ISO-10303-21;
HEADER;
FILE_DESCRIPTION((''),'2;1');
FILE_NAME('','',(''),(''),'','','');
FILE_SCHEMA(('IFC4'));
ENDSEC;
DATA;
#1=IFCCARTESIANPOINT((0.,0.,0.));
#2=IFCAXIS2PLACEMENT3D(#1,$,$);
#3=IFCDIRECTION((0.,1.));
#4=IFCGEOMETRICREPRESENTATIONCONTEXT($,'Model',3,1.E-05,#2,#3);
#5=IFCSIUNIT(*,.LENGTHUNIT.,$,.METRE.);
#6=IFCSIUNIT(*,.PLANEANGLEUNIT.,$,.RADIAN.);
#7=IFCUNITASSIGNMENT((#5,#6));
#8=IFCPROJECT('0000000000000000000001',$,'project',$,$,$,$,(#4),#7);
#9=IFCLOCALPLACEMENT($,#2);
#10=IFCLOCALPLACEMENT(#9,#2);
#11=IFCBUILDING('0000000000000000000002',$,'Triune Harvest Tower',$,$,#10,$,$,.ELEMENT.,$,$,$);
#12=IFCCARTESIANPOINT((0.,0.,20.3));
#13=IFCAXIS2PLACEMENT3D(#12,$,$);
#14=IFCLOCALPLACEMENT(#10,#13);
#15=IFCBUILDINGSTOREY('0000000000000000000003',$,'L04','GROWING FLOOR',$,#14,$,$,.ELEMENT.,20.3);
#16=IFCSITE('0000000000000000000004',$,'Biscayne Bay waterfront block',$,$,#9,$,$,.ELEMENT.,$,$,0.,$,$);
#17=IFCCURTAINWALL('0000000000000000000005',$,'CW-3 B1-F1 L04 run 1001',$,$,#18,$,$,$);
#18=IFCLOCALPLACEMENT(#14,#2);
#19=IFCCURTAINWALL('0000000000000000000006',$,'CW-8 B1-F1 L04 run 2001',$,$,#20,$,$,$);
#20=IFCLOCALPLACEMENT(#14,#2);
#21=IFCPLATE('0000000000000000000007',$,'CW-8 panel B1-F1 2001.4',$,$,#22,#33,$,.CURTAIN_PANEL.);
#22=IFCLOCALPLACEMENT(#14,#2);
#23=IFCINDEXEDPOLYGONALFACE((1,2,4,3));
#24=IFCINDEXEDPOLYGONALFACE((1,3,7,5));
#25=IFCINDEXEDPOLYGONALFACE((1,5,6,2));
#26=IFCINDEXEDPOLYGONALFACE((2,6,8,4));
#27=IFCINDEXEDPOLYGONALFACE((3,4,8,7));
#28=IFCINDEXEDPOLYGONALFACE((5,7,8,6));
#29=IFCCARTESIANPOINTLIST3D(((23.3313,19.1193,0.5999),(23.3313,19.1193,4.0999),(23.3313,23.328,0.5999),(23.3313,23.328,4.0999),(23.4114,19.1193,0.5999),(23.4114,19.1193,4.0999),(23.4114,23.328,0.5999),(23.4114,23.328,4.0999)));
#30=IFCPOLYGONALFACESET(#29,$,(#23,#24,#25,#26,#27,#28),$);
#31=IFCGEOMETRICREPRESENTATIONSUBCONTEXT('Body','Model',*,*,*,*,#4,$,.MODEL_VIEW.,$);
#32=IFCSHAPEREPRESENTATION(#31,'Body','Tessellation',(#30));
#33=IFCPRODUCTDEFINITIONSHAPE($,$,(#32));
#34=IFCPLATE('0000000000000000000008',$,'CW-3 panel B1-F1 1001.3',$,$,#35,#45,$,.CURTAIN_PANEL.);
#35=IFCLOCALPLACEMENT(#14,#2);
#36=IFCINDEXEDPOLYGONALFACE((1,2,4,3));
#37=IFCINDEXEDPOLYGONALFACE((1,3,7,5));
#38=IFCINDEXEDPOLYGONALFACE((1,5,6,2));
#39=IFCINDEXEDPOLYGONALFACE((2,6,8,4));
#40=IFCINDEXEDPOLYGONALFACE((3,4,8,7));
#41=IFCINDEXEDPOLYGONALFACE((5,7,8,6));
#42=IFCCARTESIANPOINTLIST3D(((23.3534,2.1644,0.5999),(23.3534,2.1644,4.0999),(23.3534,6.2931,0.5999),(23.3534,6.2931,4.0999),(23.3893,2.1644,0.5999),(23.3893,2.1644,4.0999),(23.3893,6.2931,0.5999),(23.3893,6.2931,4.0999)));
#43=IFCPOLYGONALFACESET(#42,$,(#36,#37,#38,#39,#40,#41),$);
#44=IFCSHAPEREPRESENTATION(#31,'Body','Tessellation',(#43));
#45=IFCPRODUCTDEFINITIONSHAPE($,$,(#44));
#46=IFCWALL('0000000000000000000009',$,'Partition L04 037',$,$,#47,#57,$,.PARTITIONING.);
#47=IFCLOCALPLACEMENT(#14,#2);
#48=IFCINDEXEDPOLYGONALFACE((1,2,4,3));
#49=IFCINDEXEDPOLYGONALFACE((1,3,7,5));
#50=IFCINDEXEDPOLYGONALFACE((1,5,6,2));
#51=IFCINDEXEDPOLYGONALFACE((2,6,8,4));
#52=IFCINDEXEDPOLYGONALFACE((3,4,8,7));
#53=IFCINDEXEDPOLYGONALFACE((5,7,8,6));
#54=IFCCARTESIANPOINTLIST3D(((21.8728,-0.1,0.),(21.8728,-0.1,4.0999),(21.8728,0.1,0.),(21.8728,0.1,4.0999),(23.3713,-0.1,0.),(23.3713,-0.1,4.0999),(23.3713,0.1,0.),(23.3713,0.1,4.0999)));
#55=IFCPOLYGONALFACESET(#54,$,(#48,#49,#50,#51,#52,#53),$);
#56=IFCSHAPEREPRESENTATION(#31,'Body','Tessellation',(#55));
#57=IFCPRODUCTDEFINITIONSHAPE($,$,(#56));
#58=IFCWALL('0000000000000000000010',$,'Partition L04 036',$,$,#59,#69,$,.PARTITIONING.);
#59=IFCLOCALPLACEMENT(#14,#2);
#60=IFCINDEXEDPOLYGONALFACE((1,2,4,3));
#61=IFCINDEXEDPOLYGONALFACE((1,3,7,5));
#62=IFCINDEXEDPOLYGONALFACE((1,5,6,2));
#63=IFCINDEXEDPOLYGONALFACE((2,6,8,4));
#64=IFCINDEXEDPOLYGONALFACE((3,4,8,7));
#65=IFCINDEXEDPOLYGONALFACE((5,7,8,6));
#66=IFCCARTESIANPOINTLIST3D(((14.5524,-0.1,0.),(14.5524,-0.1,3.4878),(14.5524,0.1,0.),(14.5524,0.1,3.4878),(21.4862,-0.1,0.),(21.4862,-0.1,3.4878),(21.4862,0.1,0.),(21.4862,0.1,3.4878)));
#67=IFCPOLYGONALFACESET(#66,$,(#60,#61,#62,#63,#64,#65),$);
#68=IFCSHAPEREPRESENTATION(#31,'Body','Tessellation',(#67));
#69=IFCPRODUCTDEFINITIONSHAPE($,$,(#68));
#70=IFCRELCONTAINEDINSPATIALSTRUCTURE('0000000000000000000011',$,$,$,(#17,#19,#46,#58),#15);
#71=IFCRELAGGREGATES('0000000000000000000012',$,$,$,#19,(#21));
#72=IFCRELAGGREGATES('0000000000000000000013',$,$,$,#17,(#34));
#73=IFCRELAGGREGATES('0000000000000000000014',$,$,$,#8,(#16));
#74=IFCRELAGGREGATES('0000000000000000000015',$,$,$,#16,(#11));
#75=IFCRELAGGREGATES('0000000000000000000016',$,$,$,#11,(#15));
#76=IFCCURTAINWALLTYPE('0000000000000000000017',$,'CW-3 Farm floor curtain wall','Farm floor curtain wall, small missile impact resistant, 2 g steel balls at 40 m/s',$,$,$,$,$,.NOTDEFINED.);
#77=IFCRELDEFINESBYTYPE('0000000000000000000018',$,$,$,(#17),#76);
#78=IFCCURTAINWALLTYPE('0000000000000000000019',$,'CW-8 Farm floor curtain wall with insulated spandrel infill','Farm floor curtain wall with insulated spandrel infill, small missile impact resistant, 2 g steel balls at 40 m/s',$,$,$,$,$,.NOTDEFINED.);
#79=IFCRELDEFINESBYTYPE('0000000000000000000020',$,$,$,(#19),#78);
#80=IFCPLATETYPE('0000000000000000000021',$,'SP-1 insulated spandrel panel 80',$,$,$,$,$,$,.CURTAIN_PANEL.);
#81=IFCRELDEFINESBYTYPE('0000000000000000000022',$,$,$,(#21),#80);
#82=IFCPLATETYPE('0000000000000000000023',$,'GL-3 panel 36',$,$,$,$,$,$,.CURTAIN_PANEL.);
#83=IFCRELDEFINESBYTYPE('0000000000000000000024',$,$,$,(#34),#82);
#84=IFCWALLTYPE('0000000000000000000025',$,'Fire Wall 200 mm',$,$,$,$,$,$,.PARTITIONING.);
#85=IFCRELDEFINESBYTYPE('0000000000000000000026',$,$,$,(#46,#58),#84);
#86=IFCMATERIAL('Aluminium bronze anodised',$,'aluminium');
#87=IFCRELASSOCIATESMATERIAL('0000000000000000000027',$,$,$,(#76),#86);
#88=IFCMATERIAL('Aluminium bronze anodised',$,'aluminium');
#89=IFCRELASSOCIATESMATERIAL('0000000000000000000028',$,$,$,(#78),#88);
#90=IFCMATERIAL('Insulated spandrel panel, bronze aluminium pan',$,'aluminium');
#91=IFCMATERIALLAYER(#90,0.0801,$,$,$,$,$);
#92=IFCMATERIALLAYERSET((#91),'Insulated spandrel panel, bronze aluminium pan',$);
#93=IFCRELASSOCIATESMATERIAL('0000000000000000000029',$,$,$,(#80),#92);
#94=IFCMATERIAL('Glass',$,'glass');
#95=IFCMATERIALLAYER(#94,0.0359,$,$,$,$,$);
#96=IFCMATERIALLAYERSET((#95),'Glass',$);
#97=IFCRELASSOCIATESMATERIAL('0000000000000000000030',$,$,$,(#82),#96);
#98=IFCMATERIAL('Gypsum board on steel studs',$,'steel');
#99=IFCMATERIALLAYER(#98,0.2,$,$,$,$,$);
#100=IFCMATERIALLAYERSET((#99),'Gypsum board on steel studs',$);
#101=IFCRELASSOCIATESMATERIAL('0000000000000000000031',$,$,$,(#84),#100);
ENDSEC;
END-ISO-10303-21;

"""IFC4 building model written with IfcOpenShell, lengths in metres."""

from ifc_helpers import new_model, si_unit, direction, frame, frame_2d, origin, origin_2d, place, context, subcontext, project, spatial, rectangle, extrude, source, transform, mapped, material, layer, layer_set, type_object, element, aggregate, save


model = new_model("IFC4")

# Units and contexts
model_context = context("Model", 3, precision=1e-05, world=origin(), true_north=direction((0.0, 1.0)))
body_context = subcontext(model_context, "Body", "Model", "MODEL_VIEW")
ifc_project = project(units=[si_unit("LENGTHUNIT", "METRE"), si_unit("PLANEANGLEUNIT", "RADIAN")], contexts=[model_context])

# Site, building, storey
site_placement = place(None, origin())
site = spatial("IfcSite", under=ifc_project, at=site_placement, Name="Biscayne Bay waterfront block", CompositionType="ELEMENT", RefElevation=0.0)
building_placement = place(site_placement, origin())
building = spatial("IfcBuilding", under=site, at=building_placement, Name="Triune Harvest Tower", CompositionType="ELEMENT")
storey_placement = place(building_placement, frame((0.0, 0.0, 20.3)))
storey = spatial("IfcBuildingStorey", under=building, at=storey_placement, Name="L04", Description="GROWING FLOOR", CompositionType="ELEMENT", Elevation=20.3)

# Curtain walls
ifc_material_1 = material(Name="Aluminium bronze anodised", Category="aluminium")
curtain_wall_type_1 = type_object("IfcCurtainWallType", Name="CW-3 Farm floor curtain wall", Description="Farm floor curtain wall, small missile impact resistant, 2 g steel balls at 40 m/s", PredefinedType="NOTDEFINED", material=ifc_material_1)
curtain_wall_1_placement = place(storey_placement, origin())
curtain_wall_1 = element("IfcCurtainWall", 1, at=curtain_wall_1_placement, inside=storey, type_object=curtain_wall_type_1, Name="CW-3 B1-F1 L04 run 1001")
ifc_material_2 = material(Name="Aluminium bronze anodised", Category="aluminium")
curtain_wall_type_2 = type_object("IfcCurtainWallType", Name="CW-8 Farm floor curtain wall with insulated spandrel infill", Description="Farm floor curtain wall with insulated spandrel infill, small missile impact resistant, 2 g steel balls at 40 m/s", PredefinedType="NOTDEFINED", material=ifc_material_2)
curtain_wall_2_placement = place(storey_placement, origin())
curtain_wall_2 = element("IfcCurtainWall", 2, at=curtain_wall_2_placement, inside=storey, type_object=curtain_wall_type_2, Name="CW-8 B1-F1 L04 run 2001")

# Plates
ifc_material_3 = material(Name="Insulated spandrel panel, bronze aluminium pan", Category="aluminium")
ifc_layer_1 = layer(ifc_material_3, 0.0801)
ifc_layer_set_1 = layer_set([ifc_layer_1], Name="Insulated spandrel panel, bronze aluminium pan")
plate_type_1 = type_object("IfcPlateType", Name="SP-1 insulated spandrel panel 80", PredefinedType="CURTAIN_PANEL", material=ifc_layer_set_1)
shared_shape_1 = source(origin(), body_context, "Body", "SweptSolid", [
    extrude(rectangle(XDim=4.2087, YDim=0.0801, at=origin_2d()), origin(), (0.0, 0.0, 1.0), 3.5),
])
plate_1_placement = place(storey_placement, frame((23.3713, 21.2236, 0.5999), z_axis=(0.0, 0.0, 1.0), x_axis=(0.0, 1.0, 0.0)))
plate_1 = element("IfcPlate", 3, at=plate_1_placement, type_object=plate_type_1, Name="CW-8 panel B1-F1 2001.4", PredefinedType="CURTAIN_PANEL", context=body_context, shape_type="MappedRepresentation", body=[
    mapped(shared_shape_1, transform((0.0, 0.0, 0.0), scale=1.0)),
])
aggregate(curtain_wall_2, [plate_1])
ifc_material_4 = material(Name="Glass", Category="glass")
ifc_layer_2 = layer(ifc_material_4, 0.0359)
ifc_layer_set_2 = layer_set([ifc_layer_2], Name="Glass")
plate_type_2 = type_object("IfcPlateType", Name="GL-3 panel 36", PredefinedType="CURTAIN_PANEL", material=ifc_layer_set_2)
shared_shape_2 = source(origin(), body_context, "Body", "SweptSolid", [
    extrude(rectangle(XDim=4.1287, YDim=0.0359, at=origin_2d()), origin(), (0.0, 0.0, 1.0), 3.5),
])
plate_2_placement = place(storey_placement, frame((23.3713, 4.2288, 0.5999), z_axis=(0.0, 0.0, 1.0), x_axis=(0.0, 1.0, 0.0)))
plate_2 = element("IfcPlate", 4, at=plate_2_placement, type_object=plate_type_2, Name="CW-3 panel B1-F1 1001.3", PredefinedType="CURTAIN_PANEL", context=body_context, shape_type="MappedRepresentation", body=[
    mapped(shared_shape_2, transform((0.0, 0.0, 0.0), scale=1.0)),
])
aggregate(curtain_wall_1, [plate_2])

# Walls
ifc_material_5 = material(Name="Gypsum board on steel studs", Category="steel")
ifc_layer_3 = layer(ifc_material_5, 0.2)
ifc_layer_set_3 = layer_set([ifc_layer_3], Name="Gypsum board on steel studs")
wall_type = type_object("IfcWallType", Name="Fire Wall 200 mm", PredefinedType="PARTITIONING", material=ifc_layer_set_3)
shared_shape_3 = source(origin(), body_context, "Body", "SweptSolid", [
    extrude(rectangle(XDim=1.4985, YDim=0.2, at=frame_2d((0.7493, 0.0))), origin(), (0.0, 0.0, 1.0), 4.0999),
])
wall_1_placement = place(storey_placement, frame((21.8728, 0.0, 0.0), z_axis=(0.0, 0.0, 1.0), x_axis=(1.0, 0.0, 0.0)))
element("IfcWall", 5, at=wall_1_placement, inside=storey, type_object=wall_type, Name="Partition L04 037", PredefinedType="PARTITIONING", context=body_context, shape_type="MappedRepresentation", body=[
    mapped(shared_shape_3, transform((0.0, 0.0, 0.0), scale=1.0)),
])
shared_shape_4 = source(origin(), body_context, "Body", "SweptSolid", [
    extrude(rectangle(XDim=6.9338, YDim=0.2, at=frame_2d((3.4668, 0.0))), origin(), (0.0, 0.0, 1.0), 3.4878),
])
wall_2_placement = place(storey_placement, frame((14.5525, 0.0, 0.0), z_axis=(0.0, 0.0, 1.0), x_axis=(1.0, 0.0, 0.0)))
element("IfcWall", 6, at=wall_2_placement, inside=storey, type_object=wall_type, Name="Partition L04 036", PredefinedType="PARTITIONING", context=body_context, shape_type="MappedRepresentation", body=[
    mapped(shared_shape_4, transform((0.0, 0.0, 0.0), scale=1.0)),
])

save(model, "model.ifc")
